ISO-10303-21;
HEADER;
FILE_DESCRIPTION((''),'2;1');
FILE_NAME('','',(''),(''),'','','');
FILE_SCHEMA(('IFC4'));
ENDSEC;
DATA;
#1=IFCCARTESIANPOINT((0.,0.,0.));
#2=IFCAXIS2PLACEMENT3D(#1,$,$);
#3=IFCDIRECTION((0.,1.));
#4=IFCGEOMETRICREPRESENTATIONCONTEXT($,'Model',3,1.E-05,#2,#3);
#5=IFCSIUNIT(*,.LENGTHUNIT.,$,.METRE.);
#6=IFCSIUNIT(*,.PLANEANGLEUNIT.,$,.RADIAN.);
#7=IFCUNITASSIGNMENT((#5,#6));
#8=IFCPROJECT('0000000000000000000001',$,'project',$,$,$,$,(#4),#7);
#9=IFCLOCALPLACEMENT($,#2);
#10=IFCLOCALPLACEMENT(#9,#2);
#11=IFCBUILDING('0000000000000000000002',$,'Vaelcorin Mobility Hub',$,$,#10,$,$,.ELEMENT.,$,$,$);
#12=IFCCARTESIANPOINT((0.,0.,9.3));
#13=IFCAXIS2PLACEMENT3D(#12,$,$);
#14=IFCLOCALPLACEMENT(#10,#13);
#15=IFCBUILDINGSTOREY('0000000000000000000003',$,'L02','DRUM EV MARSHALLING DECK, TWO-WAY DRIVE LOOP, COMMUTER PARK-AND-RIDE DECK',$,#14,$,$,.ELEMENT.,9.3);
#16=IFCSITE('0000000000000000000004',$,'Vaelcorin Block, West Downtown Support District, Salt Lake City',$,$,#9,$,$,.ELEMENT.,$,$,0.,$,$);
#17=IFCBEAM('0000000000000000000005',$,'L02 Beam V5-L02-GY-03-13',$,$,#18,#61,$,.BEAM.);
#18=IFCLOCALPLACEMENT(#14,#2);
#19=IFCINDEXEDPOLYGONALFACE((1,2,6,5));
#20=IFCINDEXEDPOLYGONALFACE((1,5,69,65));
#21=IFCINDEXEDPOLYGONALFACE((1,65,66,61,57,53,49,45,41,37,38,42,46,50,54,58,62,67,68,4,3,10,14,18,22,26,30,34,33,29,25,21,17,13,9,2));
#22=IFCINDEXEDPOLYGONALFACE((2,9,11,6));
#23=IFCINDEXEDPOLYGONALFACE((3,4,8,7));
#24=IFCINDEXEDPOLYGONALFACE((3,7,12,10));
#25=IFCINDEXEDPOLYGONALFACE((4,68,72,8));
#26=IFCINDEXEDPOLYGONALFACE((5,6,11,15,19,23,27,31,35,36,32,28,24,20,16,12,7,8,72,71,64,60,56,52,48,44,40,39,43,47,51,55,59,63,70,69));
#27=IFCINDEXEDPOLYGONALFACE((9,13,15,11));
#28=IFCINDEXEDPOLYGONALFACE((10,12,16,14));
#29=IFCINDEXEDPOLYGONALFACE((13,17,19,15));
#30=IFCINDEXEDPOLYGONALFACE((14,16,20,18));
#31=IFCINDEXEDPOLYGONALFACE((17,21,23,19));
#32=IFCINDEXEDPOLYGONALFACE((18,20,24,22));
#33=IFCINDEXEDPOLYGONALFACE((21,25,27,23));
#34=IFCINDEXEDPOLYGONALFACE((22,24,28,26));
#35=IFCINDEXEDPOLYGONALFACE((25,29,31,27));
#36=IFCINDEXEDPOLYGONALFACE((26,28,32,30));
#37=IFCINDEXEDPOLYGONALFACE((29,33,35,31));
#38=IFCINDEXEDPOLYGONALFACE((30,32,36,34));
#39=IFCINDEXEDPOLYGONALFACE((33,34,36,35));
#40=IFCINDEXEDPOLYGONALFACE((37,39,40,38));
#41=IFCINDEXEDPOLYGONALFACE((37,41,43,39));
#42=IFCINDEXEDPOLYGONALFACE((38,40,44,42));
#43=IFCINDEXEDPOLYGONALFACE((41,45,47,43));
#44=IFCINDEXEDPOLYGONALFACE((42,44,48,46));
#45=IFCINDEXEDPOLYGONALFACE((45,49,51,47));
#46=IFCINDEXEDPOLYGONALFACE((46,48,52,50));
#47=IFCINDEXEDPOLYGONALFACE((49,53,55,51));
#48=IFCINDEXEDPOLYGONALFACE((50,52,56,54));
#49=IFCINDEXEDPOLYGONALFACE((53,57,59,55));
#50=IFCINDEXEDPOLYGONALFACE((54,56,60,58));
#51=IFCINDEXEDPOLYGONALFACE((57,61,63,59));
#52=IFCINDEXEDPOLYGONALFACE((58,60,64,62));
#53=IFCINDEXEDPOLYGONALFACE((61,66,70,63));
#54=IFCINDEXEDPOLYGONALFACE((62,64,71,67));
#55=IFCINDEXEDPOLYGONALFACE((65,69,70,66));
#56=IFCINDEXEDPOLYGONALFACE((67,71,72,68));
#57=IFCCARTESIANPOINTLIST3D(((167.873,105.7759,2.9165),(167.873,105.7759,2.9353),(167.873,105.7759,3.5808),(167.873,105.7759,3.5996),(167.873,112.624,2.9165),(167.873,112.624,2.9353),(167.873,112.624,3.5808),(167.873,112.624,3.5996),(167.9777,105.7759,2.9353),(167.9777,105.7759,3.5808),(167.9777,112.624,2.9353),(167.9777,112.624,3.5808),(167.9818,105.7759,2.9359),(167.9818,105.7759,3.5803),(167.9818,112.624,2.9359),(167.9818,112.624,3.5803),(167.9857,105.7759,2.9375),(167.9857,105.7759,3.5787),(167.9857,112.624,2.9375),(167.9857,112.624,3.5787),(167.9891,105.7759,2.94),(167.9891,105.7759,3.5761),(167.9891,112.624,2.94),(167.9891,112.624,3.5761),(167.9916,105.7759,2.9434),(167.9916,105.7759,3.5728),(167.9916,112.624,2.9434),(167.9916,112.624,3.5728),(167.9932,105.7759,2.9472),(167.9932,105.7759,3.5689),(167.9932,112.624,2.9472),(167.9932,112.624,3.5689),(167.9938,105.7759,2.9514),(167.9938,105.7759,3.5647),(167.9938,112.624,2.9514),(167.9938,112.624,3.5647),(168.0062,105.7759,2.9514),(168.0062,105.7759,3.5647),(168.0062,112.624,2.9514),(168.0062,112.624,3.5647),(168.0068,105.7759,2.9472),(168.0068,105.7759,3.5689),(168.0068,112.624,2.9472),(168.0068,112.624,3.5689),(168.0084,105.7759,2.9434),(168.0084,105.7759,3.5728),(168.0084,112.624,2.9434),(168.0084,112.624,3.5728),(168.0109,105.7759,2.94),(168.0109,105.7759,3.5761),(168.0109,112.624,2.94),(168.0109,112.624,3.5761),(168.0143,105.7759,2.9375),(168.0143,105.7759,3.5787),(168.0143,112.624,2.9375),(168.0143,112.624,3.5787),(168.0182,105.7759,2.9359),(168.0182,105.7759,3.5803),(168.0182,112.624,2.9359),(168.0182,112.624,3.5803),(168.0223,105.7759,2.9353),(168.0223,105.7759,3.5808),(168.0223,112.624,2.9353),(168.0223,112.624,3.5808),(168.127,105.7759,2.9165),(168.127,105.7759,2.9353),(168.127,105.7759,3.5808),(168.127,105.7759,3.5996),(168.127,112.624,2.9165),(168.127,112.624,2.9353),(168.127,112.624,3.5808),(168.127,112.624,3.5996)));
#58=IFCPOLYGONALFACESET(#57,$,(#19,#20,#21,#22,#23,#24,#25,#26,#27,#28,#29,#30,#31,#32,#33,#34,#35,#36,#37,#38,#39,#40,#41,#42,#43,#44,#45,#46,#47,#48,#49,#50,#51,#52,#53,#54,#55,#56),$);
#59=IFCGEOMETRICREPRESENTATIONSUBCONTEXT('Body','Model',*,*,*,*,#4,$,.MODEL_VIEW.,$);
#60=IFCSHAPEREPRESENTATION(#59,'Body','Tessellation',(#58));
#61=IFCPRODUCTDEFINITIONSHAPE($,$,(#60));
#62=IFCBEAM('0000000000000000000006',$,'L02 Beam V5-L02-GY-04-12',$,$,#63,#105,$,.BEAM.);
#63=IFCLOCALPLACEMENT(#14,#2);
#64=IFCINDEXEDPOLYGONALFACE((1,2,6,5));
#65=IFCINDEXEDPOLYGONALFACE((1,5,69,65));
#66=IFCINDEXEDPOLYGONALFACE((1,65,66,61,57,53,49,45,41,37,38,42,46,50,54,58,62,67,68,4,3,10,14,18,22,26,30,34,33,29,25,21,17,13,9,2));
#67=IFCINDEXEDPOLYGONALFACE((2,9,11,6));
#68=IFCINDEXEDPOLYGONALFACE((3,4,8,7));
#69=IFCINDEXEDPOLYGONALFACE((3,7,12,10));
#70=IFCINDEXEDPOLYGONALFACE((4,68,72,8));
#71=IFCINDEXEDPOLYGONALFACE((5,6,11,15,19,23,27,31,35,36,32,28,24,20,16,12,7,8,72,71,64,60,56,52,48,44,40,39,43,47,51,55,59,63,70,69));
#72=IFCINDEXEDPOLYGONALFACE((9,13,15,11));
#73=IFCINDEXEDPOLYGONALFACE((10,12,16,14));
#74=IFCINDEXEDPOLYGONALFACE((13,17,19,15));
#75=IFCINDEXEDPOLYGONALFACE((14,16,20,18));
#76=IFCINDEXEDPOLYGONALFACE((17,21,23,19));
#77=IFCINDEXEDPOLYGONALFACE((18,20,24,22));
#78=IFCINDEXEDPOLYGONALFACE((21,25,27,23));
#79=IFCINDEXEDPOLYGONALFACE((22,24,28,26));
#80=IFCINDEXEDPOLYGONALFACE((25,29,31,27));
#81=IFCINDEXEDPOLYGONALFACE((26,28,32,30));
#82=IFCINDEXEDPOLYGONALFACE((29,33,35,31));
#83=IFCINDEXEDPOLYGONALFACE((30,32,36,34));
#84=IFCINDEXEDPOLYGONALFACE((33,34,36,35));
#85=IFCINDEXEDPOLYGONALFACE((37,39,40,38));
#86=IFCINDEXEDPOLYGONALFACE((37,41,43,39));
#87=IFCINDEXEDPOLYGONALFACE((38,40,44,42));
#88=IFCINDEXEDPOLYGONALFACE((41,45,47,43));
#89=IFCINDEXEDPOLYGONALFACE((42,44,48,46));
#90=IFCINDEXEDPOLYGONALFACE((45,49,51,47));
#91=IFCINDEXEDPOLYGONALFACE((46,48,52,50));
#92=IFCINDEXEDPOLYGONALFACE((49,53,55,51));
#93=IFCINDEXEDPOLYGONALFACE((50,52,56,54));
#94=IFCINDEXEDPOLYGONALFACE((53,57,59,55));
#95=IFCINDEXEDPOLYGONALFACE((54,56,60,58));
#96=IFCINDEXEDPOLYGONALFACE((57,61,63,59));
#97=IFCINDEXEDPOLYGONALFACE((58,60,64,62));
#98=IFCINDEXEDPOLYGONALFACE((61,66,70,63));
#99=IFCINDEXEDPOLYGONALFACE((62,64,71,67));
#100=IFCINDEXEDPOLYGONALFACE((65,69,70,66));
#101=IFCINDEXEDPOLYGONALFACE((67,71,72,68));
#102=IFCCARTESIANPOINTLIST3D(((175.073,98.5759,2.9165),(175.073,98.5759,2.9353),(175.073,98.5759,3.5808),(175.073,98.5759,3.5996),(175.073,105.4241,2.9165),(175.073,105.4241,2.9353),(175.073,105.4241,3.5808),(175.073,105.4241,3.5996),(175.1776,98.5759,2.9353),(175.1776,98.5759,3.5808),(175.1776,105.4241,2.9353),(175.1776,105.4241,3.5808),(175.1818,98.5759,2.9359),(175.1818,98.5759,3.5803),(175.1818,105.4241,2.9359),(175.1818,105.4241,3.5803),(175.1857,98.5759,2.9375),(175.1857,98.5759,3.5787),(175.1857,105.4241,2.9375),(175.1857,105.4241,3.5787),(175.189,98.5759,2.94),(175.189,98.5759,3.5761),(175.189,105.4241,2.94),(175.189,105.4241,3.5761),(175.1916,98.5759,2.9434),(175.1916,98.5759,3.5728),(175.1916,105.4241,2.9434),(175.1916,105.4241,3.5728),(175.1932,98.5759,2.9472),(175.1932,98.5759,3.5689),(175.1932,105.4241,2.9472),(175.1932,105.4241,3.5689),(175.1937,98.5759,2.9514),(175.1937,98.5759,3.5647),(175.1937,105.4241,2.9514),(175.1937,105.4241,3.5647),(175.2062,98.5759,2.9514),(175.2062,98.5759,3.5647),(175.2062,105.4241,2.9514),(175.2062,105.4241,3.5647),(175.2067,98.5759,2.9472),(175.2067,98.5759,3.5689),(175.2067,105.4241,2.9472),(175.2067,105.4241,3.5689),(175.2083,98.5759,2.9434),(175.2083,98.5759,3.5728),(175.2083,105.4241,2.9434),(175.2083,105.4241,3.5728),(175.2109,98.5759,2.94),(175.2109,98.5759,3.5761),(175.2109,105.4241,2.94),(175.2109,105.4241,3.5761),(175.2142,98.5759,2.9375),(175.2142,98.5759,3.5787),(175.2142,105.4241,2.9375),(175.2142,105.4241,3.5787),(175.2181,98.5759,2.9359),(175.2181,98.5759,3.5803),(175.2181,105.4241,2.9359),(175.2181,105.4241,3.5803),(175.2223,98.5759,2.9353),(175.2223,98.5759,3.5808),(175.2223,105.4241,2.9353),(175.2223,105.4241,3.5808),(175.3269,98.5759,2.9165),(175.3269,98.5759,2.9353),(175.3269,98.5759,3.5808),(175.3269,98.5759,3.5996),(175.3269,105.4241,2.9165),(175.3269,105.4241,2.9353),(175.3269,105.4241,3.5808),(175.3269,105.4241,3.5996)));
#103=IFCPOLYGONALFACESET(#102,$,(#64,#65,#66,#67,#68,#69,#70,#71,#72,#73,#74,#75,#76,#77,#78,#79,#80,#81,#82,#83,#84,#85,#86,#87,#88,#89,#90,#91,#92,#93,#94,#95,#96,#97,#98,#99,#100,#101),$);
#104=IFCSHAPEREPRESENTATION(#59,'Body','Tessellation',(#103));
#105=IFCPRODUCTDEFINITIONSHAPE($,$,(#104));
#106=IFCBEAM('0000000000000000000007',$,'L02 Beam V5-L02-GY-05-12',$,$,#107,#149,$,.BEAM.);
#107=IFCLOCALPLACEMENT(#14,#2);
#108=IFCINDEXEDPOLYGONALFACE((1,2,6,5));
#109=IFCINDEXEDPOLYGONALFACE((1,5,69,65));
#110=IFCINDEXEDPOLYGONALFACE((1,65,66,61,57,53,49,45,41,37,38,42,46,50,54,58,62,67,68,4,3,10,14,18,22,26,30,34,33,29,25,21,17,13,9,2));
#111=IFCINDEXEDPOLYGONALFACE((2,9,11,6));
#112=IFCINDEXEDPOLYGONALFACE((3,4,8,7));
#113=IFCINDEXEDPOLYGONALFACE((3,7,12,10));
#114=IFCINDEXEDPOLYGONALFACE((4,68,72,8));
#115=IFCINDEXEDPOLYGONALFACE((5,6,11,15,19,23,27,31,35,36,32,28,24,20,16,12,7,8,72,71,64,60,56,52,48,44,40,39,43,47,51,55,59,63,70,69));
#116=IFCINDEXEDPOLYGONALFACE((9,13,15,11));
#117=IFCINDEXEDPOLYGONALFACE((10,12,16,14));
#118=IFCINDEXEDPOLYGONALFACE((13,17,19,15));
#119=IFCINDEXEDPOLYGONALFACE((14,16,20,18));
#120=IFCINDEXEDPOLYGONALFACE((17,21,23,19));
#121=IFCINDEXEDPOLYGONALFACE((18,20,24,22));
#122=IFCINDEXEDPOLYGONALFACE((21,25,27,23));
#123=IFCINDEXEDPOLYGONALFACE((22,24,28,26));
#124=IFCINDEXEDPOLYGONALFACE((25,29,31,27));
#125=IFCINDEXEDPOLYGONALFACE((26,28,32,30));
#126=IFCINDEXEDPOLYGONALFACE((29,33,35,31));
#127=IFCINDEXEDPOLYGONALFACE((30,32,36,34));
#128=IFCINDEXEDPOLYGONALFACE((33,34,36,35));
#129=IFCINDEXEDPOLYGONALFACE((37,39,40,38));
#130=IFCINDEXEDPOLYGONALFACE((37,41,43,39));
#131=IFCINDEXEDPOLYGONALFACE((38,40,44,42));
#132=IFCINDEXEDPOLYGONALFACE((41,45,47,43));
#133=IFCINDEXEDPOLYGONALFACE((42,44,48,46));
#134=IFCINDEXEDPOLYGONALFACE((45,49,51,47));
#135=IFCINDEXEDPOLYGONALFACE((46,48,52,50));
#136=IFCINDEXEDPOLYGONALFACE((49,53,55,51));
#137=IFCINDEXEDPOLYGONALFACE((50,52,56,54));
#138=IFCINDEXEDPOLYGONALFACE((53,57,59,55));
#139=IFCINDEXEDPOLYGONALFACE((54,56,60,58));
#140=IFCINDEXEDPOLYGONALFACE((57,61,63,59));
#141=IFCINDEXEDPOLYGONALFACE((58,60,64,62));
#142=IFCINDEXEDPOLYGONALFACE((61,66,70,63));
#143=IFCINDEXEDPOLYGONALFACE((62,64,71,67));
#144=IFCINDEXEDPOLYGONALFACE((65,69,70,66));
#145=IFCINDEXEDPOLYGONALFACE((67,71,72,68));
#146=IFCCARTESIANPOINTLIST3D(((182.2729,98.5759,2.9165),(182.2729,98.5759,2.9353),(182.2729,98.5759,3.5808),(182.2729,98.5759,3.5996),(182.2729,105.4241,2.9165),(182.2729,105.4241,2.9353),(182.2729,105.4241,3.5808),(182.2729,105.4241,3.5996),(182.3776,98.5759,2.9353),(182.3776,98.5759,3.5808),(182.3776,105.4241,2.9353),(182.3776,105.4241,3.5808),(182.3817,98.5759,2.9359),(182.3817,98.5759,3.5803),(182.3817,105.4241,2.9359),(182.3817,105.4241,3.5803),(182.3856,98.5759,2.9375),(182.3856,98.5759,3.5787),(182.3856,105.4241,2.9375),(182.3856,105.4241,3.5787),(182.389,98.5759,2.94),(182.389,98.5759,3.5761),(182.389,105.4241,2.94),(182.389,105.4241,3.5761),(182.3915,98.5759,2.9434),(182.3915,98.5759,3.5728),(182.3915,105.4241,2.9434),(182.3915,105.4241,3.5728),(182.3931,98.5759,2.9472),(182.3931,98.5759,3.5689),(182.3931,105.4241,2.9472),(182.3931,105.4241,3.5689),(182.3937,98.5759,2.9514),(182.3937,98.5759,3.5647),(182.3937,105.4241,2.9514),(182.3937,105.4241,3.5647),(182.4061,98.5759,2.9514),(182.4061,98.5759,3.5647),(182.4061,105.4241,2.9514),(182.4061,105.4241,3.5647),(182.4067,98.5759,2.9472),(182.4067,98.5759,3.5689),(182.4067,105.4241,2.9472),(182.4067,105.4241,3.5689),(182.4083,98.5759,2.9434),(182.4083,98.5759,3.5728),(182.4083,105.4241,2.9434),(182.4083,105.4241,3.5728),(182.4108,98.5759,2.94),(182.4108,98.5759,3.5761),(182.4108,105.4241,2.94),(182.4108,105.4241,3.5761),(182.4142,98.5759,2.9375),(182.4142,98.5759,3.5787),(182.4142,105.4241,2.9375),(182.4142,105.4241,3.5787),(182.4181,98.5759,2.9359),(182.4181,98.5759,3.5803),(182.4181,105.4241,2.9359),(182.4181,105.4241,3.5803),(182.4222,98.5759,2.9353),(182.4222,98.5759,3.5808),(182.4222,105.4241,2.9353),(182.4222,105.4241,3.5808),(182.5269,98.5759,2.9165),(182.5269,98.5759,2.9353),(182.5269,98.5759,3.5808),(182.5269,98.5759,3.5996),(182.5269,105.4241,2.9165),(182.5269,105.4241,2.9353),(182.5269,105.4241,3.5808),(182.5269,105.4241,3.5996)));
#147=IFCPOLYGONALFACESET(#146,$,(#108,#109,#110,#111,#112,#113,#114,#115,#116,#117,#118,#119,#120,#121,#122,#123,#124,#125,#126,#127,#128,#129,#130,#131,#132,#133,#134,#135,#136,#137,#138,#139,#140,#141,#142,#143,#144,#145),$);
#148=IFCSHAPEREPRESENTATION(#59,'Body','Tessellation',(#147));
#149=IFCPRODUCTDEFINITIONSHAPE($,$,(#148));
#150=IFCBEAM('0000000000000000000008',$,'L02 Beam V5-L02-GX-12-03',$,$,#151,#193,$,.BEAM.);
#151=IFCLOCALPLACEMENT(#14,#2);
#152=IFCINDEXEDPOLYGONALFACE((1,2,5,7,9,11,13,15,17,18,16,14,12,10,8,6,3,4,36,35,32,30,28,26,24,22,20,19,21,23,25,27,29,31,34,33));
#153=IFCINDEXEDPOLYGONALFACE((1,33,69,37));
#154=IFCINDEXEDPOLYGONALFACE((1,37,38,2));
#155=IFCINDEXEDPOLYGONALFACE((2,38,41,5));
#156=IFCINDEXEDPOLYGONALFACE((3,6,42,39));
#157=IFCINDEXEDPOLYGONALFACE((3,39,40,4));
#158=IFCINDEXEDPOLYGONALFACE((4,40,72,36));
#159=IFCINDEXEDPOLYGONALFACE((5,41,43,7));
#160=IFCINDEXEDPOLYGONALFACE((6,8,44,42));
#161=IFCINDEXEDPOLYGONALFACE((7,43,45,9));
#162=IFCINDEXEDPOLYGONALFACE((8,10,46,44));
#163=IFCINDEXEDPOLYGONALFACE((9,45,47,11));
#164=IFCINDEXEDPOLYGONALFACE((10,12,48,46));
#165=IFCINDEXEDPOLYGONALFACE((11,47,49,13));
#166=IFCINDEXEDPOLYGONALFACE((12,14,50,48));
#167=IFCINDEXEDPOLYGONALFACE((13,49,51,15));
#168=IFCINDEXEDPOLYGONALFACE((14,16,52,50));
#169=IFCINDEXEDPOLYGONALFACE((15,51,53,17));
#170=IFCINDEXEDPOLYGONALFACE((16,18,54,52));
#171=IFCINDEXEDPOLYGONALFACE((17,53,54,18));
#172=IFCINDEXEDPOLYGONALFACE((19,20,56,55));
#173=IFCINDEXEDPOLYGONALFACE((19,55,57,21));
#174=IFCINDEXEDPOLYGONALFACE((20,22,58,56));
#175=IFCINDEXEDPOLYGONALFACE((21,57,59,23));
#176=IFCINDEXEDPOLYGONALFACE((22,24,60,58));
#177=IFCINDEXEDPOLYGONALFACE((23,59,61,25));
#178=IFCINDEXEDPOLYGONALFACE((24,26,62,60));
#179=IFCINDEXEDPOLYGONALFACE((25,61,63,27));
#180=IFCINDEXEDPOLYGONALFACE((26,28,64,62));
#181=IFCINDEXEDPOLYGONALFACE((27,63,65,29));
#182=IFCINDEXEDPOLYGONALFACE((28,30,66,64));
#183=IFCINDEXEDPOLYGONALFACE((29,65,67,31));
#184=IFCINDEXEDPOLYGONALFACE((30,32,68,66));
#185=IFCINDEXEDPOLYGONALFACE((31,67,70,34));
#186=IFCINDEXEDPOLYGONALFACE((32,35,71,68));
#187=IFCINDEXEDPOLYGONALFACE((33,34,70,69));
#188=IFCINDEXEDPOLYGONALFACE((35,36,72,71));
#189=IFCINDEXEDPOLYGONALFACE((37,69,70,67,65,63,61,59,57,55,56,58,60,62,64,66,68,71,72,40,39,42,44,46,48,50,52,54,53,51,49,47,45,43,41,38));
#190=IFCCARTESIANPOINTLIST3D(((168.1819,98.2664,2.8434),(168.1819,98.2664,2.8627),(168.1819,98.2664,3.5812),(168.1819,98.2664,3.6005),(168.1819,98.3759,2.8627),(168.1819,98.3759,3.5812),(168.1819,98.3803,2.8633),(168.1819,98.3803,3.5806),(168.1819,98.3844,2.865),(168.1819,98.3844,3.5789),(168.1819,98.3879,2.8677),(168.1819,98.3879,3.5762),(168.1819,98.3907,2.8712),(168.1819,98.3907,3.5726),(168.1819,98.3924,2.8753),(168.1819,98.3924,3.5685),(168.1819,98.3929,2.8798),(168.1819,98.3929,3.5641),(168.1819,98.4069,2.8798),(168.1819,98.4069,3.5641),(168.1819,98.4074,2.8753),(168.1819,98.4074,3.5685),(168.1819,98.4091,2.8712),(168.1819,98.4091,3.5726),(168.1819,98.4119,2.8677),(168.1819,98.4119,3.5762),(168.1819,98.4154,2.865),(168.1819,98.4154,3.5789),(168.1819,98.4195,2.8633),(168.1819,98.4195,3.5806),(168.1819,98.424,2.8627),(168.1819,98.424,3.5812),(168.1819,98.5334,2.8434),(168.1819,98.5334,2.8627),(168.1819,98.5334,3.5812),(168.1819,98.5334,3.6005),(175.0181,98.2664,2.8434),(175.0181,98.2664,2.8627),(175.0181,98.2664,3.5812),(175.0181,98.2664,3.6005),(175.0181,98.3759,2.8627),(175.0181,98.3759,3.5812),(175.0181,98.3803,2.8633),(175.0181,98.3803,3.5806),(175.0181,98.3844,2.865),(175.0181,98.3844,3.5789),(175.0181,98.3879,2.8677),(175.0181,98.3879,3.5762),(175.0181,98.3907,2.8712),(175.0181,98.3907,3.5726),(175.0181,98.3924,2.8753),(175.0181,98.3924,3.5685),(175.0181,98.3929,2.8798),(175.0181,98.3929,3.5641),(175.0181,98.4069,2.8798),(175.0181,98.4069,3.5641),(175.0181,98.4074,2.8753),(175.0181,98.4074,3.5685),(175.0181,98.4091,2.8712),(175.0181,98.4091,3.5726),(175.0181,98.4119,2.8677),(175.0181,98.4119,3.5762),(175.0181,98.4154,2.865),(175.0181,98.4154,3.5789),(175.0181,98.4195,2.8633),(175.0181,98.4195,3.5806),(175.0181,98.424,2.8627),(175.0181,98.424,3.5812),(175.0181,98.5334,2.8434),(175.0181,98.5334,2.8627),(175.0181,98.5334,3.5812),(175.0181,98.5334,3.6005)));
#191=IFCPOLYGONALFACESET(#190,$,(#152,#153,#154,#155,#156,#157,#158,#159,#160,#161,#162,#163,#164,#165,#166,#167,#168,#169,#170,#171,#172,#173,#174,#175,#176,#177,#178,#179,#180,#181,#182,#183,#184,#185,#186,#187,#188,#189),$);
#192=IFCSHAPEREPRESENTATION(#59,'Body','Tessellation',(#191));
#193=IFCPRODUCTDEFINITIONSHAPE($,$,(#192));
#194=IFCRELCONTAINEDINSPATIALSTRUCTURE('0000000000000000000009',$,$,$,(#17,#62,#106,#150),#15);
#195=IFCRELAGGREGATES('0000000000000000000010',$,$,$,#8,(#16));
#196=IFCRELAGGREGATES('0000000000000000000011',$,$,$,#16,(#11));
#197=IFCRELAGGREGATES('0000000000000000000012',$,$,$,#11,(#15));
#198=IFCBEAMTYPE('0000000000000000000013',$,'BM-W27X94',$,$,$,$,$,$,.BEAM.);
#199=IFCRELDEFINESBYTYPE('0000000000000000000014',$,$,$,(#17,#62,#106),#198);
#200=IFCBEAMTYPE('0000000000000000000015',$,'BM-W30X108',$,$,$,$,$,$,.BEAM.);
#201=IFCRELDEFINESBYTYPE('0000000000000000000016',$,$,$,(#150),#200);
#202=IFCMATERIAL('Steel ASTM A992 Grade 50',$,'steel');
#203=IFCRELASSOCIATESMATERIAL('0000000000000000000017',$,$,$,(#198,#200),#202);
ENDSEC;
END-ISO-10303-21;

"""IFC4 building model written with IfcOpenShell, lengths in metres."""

from ifc_helpers import new_model, si_unit, direction, frame, origin, origin_2d, place, context, subcontext, project, spatial, i_section, extrude, material, material_profile, profile_set, type_object, element, save


model = new_model("IFC4")

# Units and contexts
model_context = context("Model", 3, precision=1e-05, world=origin(), true_north=direction((0.0, 1.0)))
body_context = subcontext(model_context, "Body", "Model", "MODEL_VIEW")
ifc_project = project(units=[si_unit("LENGTHUNIT", "METRE"), si_unit("PLANEANGLEUNIT", "RADIAN")], contexts=[model_context])

# Site, building, storey
site_placement = place(None, origin())
site = spatial("IfcSite", under=ifc_project, at=site_placement, Name="Vaelcorin Block, West Downtown Support District, Salt Lake City", CompositionType="ELEMENT", RefElevation=0.0)
building_placement = place(site_placement, origin())
building = spatial("IfcBuilding", under=site, at=building_placement, Name="Vaelcorin Mobility Hub", CompositionType="ELEMENT")
storey_placement = place(building_placement, frame((0.0, 0.0, 9.3)))
storey = spatial("IfcBuildingStorey", under=building, at=storey_placement, Name="L02", Description="DRUM EV MARSHALLING DECK, TWO-WAY DRIVE LOOP, COMMUTER PARK-AND-RIDE DECK", CompositionType="ELEMENT", Elevation=9.3)

# Shared definitions
ifc_material_1 = material(Name="Steel ASTM A992 Grade 50", Category="steel")

# Beams
ifc_material_profile_1 = material_profile(ifc_material_1, i_section(OverallWidth=0.2539, OverallDepth=0.6831, WebThickness=0.0125, FlangeThickness=0.0188, FilletRadius=0.0161, at=origin_2d()), Name="W27X94")
ifc_profile_set_1 = profile_set([ifc_material_profile_1], Name="Steel ASTM A992 Grade 50")
beam_type_1 = type_object("IfcBeamType", Name="BM-W27X94", PredefinedType="BEAM", material=ifc_profile_set_1)
for number, where, z_axis, x_axis, name in (
    (1, (168.0, 105.7759, 3.2581), (0.0, 1.0, 0.0), (-1.0, 0.0, 0.0), "L02 Beam V5-L02-GY-03-13"),
    (2, (175.2, 98.5759, 3.2581), (0.0, 1.0, 0.0), (-1.0, 0.0, 0.0), "L02 Beam V5-L02-GY-04-12"),
    (3, (182.3999, 98.5759, 3.2581), (0.0, 1.0, 0.0), (-1.0, 0.0, 0.0), "L02 Beam V5-L02-GY-05-12"),
):
    element("IfcBeam", number, at=place(storey_placement, frame(where, z_axis=z_axis, x_axis=x_axis)), inside=storey, type_object=beam_type_1, Name=name, PredefinedType="BEAM", context=body_context, shape_type="SweptSolid", body=[
        extrude(i_section(OverallWidth=0.2539, OverallDepth=0.6831, WebThickness=0.0125, FlangeThickness=0.0188, FilletRadius=0.0161, at=origin_2d()), origin(), (0.0, 0.0, 1.0), 6.8481),
    ])
ifc_material_profile_2 = material_profile(ifc_material_1, i_section(OverallWidth=0.2671, OverallDepth=0.7571, WebThickness=0.0139, FlangeThickness=0.0193, FilletRadius=0.0171, at=origin_2d()), Name="W30X108")
ifc_profile_set_2 = profile_set([ifc_material_profile_2], Name="Steel ASTM A992 Grade 50")
beam_type_2 = type_object("IfcBeamType", Name="BM-W30X108", PredefinedType="BEAM", material=ifc_profile_set_2)
beam_1_placement = place(storey_placement, frame((168.1819, 98.3999, 3.2219), z_axis=(1.0, 0.0, 0.0), x_axis=(0.0, 1.0, 0.0)))
element("IfcBeam", 4, at=beam_1_placement, inside=storey, type_object=beam_type_2, Name="L02 Beam V5-L02-GX-12-03", PredefinedType="BEAM", context=body_context, shape_type="SweptSolid", body=[
    extrude(i_section(OverallWidth=0.2671, OverallDepth=0.7571, WebThickness=0.0139, FlangeThickness=0.0193, FilletRadius=0.0171, at=origin_2d()), origin(), (0.0, 0.0, 1.0), 6.8362),
])

save(model, "model.ifc")
